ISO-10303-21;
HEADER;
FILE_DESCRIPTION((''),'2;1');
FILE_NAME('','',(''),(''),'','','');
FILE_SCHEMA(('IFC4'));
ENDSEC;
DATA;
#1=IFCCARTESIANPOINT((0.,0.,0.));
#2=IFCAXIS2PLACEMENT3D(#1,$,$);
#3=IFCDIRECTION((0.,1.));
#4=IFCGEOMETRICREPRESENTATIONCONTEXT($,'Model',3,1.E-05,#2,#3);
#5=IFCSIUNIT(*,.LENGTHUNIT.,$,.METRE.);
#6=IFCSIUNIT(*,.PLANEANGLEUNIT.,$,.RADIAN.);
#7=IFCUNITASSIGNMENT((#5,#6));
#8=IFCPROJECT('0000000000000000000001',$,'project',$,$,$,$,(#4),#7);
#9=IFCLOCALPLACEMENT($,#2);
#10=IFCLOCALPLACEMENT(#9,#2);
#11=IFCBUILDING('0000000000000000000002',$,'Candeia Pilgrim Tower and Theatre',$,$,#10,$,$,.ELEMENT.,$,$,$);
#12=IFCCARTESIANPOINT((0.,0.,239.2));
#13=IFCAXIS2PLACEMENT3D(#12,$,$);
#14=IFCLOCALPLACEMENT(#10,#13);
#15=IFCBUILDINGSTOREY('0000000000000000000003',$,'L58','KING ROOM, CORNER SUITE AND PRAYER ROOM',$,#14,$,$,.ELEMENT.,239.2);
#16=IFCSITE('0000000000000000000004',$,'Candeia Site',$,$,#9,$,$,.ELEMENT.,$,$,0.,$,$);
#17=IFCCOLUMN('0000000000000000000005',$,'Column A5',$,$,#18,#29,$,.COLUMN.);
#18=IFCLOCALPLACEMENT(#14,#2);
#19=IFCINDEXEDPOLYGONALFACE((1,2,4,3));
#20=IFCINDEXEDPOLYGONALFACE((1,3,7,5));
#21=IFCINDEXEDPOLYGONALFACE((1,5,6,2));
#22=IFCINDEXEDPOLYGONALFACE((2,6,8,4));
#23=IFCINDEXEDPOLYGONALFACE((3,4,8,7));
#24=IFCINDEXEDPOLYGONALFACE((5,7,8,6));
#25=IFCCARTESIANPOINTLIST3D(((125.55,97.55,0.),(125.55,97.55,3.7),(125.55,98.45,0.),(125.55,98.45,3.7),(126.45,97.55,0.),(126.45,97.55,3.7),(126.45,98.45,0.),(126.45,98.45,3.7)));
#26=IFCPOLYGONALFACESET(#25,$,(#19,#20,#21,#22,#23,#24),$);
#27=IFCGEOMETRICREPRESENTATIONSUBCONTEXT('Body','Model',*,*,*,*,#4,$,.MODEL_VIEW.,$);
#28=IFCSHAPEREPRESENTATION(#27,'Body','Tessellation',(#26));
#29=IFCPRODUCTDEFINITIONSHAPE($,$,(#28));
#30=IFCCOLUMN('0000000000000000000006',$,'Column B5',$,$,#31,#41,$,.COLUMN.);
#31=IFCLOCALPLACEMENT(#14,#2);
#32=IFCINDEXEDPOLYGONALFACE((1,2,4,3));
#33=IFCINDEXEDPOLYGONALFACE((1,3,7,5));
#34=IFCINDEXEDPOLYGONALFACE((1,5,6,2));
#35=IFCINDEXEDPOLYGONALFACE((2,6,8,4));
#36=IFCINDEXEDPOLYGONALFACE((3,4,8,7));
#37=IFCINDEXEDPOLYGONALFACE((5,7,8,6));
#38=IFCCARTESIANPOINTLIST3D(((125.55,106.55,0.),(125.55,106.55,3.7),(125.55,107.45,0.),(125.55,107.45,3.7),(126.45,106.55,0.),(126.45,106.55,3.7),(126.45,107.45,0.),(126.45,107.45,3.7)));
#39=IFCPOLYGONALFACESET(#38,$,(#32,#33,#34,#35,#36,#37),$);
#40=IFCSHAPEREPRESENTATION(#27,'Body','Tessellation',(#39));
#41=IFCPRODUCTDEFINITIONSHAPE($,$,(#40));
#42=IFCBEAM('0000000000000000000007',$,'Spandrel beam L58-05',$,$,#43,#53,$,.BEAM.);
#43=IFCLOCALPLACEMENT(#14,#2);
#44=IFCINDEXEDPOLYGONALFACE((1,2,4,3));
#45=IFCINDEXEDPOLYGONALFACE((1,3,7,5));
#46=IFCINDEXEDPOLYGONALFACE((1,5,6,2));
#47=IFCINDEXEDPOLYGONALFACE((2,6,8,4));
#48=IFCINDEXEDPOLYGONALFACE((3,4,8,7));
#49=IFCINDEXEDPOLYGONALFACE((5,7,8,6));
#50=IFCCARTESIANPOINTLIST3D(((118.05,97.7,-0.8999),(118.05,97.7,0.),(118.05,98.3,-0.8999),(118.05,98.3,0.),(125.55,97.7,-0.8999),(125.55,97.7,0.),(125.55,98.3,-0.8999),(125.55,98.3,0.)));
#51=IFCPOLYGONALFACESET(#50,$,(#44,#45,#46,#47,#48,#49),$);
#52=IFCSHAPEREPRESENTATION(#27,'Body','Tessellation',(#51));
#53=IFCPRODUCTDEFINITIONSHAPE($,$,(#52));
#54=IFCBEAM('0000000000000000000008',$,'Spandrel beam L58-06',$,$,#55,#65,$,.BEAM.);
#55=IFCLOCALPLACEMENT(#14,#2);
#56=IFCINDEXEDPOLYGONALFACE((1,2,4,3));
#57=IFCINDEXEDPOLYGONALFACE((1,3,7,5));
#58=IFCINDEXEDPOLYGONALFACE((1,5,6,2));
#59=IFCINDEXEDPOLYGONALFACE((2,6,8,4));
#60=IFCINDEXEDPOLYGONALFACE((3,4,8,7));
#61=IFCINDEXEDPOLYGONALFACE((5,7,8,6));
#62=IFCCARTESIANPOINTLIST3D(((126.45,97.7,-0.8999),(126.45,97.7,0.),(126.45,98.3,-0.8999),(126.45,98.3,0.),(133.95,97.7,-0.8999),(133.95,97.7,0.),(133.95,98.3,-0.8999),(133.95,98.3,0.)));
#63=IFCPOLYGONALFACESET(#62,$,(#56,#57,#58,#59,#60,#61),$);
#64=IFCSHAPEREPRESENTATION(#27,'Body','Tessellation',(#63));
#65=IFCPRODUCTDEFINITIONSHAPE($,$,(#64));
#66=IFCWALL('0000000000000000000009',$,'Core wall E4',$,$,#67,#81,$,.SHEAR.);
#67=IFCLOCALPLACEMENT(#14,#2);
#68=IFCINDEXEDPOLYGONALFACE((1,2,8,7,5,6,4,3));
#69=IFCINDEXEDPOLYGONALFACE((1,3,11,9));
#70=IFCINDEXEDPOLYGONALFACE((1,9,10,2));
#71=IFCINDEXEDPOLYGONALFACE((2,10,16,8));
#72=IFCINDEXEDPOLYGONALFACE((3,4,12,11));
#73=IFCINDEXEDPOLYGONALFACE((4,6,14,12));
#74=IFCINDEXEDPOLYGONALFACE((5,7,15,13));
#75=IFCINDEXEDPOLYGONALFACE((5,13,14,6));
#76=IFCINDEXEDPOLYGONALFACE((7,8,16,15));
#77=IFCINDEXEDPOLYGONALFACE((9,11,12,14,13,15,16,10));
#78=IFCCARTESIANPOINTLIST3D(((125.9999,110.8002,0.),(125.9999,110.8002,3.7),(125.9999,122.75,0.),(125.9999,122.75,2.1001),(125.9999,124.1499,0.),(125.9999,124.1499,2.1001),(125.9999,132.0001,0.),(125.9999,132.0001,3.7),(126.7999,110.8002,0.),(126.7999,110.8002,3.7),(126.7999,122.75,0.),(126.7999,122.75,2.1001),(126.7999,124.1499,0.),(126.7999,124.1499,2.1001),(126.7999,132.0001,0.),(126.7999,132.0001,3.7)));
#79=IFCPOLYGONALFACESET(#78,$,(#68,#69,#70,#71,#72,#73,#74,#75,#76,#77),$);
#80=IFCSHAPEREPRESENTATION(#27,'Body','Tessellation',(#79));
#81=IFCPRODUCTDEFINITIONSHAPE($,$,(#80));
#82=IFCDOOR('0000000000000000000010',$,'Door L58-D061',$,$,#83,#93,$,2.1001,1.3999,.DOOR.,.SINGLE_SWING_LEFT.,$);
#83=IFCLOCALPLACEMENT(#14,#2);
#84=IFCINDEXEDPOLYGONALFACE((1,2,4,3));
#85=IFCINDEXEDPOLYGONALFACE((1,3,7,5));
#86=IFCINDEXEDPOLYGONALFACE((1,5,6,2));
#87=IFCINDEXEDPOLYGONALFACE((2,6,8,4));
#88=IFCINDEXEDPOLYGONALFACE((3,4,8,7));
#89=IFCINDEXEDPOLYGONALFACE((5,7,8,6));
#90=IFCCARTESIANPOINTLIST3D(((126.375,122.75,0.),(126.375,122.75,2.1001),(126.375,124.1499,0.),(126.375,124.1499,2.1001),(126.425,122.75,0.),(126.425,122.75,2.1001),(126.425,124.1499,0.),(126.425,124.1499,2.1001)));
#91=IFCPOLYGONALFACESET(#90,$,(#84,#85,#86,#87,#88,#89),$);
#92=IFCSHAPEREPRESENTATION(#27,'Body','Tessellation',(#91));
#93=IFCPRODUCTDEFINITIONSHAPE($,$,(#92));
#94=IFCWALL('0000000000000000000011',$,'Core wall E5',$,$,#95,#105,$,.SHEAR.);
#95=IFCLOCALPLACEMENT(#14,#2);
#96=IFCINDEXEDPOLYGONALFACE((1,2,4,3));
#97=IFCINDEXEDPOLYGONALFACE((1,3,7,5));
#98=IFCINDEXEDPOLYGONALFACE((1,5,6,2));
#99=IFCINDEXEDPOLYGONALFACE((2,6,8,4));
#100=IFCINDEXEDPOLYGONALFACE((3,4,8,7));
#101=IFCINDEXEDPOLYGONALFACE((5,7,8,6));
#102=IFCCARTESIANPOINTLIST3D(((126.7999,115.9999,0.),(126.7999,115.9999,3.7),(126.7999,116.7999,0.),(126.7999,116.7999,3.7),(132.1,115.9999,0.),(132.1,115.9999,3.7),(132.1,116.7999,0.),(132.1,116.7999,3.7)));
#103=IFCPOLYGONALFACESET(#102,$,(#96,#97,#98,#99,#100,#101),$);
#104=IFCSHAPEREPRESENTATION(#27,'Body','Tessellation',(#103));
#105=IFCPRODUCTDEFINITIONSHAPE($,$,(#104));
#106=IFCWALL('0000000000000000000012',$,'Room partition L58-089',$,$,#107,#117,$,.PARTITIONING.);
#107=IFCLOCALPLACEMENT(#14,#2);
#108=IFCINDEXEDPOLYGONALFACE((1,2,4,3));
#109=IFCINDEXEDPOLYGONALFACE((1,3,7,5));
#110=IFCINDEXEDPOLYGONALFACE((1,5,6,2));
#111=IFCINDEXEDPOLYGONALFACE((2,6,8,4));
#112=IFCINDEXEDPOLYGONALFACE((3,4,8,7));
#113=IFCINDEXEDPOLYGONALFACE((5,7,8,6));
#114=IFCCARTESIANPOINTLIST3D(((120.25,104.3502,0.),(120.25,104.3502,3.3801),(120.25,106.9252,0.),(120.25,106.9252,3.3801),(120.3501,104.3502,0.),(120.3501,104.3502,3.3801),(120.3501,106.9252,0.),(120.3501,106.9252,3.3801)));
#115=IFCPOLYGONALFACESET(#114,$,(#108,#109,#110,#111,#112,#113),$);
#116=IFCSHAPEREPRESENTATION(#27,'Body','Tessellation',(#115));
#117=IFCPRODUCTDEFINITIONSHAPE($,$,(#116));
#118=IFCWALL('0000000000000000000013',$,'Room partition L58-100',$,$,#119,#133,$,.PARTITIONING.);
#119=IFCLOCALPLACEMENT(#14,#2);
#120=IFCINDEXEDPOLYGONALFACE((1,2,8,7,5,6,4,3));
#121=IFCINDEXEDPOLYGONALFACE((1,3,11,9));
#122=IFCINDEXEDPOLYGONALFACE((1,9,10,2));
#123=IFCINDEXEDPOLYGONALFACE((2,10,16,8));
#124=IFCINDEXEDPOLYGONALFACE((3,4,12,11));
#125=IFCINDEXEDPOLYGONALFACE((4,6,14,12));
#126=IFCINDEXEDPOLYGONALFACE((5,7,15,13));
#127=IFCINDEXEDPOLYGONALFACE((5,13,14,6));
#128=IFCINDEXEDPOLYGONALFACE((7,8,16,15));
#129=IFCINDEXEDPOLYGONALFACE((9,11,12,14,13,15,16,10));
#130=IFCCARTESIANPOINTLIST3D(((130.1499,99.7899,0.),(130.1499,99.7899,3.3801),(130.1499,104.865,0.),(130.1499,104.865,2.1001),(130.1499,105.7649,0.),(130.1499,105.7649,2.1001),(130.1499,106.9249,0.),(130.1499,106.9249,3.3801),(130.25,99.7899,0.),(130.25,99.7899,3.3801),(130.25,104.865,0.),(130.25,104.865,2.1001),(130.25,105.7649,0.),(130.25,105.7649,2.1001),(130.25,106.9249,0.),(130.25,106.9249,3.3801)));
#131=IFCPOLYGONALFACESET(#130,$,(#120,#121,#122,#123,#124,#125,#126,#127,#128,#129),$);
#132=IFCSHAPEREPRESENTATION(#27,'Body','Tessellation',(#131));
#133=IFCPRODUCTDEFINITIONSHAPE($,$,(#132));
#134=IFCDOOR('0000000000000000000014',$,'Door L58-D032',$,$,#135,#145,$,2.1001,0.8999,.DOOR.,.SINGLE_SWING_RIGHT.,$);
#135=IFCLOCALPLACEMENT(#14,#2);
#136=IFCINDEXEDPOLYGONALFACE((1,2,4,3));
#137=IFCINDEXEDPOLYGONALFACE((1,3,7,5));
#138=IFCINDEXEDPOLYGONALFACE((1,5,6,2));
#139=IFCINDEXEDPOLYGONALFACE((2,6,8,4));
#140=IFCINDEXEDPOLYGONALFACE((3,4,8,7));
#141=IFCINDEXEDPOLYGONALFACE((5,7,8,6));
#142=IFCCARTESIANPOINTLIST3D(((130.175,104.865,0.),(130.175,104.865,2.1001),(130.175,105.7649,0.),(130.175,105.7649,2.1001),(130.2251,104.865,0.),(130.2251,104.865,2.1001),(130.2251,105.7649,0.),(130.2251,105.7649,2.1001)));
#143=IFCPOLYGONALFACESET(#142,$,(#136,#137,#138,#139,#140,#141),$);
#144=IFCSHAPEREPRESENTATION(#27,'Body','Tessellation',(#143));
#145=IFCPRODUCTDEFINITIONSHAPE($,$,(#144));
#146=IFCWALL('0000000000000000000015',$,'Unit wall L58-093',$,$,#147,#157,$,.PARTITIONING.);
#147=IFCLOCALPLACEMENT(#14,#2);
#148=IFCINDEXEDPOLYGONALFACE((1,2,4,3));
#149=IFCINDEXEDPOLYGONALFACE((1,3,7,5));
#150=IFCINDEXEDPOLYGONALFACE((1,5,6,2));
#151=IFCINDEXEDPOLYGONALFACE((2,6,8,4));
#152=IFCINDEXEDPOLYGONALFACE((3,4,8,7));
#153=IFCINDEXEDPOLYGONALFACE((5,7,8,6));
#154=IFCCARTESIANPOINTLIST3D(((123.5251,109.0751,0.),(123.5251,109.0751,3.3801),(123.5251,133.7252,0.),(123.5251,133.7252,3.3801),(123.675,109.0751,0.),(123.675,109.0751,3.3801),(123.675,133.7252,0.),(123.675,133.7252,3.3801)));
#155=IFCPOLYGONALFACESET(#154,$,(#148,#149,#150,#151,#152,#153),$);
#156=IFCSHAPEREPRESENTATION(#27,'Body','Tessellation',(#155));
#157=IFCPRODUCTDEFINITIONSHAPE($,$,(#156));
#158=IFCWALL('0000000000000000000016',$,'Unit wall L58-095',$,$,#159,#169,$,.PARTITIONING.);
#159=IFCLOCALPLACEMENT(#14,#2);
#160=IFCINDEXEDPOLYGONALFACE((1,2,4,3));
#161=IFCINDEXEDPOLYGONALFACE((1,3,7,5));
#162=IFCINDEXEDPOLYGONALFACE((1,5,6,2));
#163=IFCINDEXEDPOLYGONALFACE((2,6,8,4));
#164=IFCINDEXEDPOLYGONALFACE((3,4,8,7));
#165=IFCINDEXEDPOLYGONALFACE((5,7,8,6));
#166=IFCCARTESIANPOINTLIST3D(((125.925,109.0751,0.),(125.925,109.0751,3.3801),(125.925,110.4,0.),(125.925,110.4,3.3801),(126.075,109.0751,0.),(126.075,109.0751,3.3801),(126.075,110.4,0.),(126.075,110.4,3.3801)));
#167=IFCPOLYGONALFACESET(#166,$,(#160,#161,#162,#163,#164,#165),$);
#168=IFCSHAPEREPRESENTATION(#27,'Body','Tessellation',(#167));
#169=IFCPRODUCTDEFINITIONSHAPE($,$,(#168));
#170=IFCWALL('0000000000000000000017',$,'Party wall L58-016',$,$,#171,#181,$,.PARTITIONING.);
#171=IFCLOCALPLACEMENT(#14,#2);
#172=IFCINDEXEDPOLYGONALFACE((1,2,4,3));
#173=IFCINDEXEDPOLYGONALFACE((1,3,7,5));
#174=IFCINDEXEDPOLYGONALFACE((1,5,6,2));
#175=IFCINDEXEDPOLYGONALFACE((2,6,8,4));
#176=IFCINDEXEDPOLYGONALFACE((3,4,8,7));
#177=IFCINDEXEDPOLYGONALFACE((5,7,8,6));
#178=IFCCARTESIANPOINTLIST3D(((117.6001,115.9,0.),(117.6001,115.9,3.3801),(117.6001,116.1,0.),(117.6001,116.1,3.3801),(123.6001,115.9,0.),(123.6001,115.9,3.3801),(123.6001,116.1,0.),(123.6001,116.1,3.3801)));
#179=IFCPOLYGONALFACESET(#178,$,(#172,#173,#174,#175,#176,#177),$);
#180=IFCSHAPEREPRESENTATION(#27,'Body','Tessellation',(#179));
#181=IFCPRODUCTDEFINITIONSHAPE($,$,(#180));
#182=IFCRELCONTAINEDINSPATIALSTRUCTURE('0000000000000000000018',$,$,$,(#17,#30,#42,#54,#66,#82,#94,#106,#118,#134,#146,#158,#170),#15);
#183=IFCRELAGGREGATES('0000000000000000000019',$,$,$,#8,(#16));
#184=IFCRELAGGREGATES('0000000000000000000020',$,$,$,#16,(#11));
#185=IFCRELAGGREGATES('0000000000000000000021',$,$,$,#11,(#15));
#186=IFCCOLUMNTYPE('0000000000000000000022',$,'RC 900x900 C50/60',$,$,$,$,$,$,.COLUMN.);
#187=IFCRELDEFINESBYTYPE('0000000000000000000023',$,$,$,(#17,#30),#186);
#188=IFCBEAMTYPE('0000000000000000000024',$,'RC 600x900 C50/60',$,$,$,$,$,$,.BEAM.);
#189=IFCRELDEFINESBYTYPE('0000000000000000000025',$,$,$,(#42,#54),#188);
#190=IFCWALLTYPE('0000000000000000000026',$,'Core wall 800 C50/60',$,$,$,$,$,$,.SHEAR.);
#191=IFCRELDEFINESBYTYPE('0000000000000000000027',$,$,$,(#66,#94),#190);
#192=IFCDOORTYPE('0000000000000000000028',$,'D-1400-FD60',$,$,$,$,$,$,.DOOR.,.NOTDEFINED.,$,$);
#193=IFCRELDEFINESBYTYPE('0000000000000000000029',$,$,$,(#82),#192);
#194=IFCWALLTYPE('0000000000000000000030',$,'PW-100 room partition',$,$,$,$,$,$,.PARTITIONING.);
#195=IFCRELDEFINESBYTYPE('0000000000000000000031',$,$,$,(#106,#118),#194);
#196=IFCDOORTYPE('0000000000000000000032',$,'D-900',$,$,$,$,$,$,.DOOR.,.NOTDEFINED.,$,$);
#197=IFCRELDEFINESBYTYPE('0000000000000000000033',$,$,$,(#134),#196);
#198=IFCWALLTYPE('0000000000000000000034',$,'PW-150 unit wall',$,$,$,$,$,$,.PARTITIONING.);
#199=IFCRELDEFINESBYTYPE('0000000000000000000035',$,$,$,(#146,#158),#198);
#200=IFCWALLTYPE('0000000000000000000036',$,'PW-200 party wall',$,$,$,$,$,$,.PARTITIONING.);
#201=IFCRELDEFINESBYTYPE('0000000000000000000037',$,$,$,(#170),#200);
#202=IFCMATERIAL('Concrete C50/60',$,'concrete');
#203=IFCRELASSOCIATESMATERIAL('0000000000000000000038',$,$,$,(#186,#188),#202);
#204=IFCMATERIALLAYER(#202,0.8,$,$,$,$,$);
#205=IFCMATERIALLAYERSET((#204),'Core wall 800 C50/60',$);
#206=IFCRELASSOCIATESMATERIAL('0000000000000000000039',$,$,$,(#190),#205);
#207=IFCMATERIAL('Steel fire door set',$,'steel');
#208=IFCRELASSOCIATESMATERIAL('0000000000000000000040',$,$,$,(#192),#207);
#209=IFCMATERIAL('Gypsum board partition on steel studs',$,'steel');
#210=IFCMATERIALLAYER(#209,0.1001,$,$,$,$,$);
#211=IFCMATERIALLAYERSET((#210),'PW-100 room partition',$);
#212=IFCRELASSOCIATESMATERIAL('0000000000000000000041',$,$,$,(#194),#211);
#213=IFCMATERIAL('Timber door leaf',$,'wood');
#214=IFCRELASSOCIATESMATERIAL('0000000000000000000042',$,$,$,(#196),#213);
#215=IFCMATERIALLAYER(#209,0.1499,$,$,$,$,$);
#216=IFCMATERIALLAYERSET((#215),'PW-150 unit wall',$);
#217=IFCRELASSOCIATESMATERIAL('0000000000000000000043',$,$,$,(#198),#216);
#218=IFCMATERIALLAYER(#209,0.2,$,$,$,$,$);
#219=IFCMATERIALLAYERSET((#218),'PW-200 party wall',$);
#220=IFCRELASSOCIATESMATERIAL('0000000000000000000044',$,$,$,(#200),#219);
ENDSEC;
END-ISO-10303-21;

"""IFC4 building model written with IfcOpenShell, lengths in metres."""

from ifc_helpers import new_model, si_unit, direction, frame, frame_2d, origin, origin_2d, place, context, subcontext, project, spatial, rectangle, extrude, material, layer, layer_set, material_profile, profile_set, type_object, element, fill, save


model = new_model("IFC4")

# Units and contexts
model_context = context("Model", 3, precision=1e-05, world=origin(), true_north=direction((0.0, 1.0)))
body_context = subcontext(model_context, "Body", "Model", "MODEL_VIEW")
ifc_project = project(units=[si_unit("LENGTHUNIT", "METRE"), si_unit("PLANEANGLEUNIT", "RADIAN")], contexts=[model_context])

# Site, building, storey
site_placement = place(None, origin())
site = spatial("IfcSite", under=ifc_project, at=site_placement, Name="Candeia Site", CompositionType="ELEMENT", RefElevation=0.0)
building_placement = place(site_placement, origin())
building = spatial("IfcBuilding", under=site, at=building_placement, Name="Candeia Pilgrim Tower and Theatre", CompositionType="ELEMENT")
storey_placement = place(building_placement, frame((0.0, 0.0, 239.2)))
storey = spatial("IfcBuildingStorey", under=building, at=storey_placement, Name="L58", Description="KING ROOM, CORNER SUITE AND PRAYER ROOM", CompositionType="ELEMENT", Elevation=239.2)

# Columns
ifc_material_1 = material(Name="Concrete C50/60", Category="concrete")
ifc_material_profile_1 = material_profile(ifc_material_1, rectangle(XDim=0.8999, YDim=0.8999, at=origin_2d()))
ifc_profile_set_1 = profile_set([ifc_material_profile_1], Name="Concrete C50/60")
column_type = type_object("IfcColumnType", Name="RC 900x900 C50/60", PredefinedType="COLUMN", material=ifc_profile_set_1)
for number, where, z_axis, x_axis, name in (
    (1, (126.0, 98.0, 0.0), (0.0, 0.0, 1.0), (1.0, 0.0, 0.0), "Column A5"),
    (2, (126.0, 107.0, 0.0), (0.0, 0.0, 1.0), (1.0, 0.0, 0.0), "Column B5"),
):
    element("IfcColumn", number, at=place(storey_placement, frame(where, z_axis=z_axis, x_axis=x_axis)), inside=storey, type_object=column_type, Name=name, PredefinedType="COLUMN", context=body_context, shape_type="SweptSolid", body=[
        extrude(rectangle(XDim=0.8999, YDim=0.8999, at=origin_2d()), origin(), (0.0, 0.0, 1.0), 3.7),
    ])

# Beams
ifc_material_profile_2 = material_profile(ifc_material_1, rectangle(XDim=0.6001, YDim=0.8999, at=origin_2d()))
ifc_profile_set_2 = profile_set([ifc_material_profile_2], Name="Concrete C50/60")
beam_type = type_object("IfcBeamType", Name="RC 600x900 C50/60", PredefinedType="BEAM", material=ifc_profile_set_2)
for number, where, z_axis, x_axis, name in (
    (3, (118.05, 98.0, -0.45), (1.0, 0.0, 0.0), (0.0, 1.0, 0.0), "Spandrel beam L58-05"),
    (4, (126.45, 98.0, -0.45), (1.0, 0.0, 0.0), (0.0, 1.0, 0.0), "Spandrel beam L58-06"),
):
    element("IfcBeam", number, at=place(storey_placement, frame(where, z_axis=z_axis, x_axis=x_axis)), inside=storey, type_object=beam_type, Name=name, PredefinedType="BEAM", context=body_context, shape_type="SweptSolid", body=[
        extrude(rectangle(XDim=0.6001, YDim=0.8999, at=origin_2d()), origin(), (0.0, 0.0, 1.0), 7.5),
    ])

# Wall, opening, door
ifc_layer_1 = layer(ifc_material_1, 0.8)
ifc_layer_set_1 = layer_set([ifc_layer_1], Name="Core wall 800 C50/60")
wall_type_1 = type_object("IfcWallType", Name="Core wall 800 C50/60", PredefinedType="SHEAR", material=ifc_layer_set_1)
wall_1_placement = place(storey_placement, frame((126.3999, 110.8, 0.0), z_axis=(0.0, 0.0, 1.0), x_axis=(0.0, 1.0, 0.0)))
wall_1 = element("IfcWall", 5, at=wall_1_placement, inside=storey, type_object=wall_type_1, Name="Core wall E4", PredefinedType="SHEAR", context=body_context, shape_type="SweptSolid", body=[
    extrude(rectangle(XDim=21.2, YDim=0.8, at=frame_2d((10.6001, 0.0))), origin(), (0.0, 0.0, 1.0), 3.7),
])
opening_1_placement = place(wall_1_placement, frame((11.95, 0.0, 0.0)))
opening_1 = element("IfcOpeningElement", 6, at=opening_1_placement, cuts=wall_1, PredefinedType="OPENING", context=body_context, shape_type="SweptSolid", body=[
    extrude(rectangle(XDim=1.3999, YDim=2.1001, at=frame_2d((0.7, 1.05))), frame((0.0, 0.4102, 0.0), z_axis=(0.0, -1.0, 0.0), x_axis=(1.0, 0.0, 0.0)), (0.0, 0.0, 1.0), 0.8201),
])
ifc_material_2 = material(Name="Steel fire door set", Category="steel")
door_type_1 = type_object("IfcDoorType", Name="D-1400-FD60", OperationType="NOTDEFINED", PredefinedType="DOOR", material=ifc_material_2)
door_1_placement = place(opening_1_placement, origin())
door_1 = element("IfcDoor", 7, at=door_1_placement, inside=storey, type_object=door_type_1, Name="Door L58-D061", OperationType="SINGLE_SWING_LEFT", OverallHeight=2.1001, OverallWidth=1.3999, PredefinedType="DOOR", context=body_context, shape_type="SweptSolid", body=[
    extrude(rectangle(XDim=1.3999, YDim=2.1001, at=frame_2d((0.7, 1.05))), frame((0.0, 0.0249, 0.0), z_axis=(0.0, -1.0, 0.0), x_axis=(1.0, 0.0, 0.0)), (0.0, 0.0, 1.0), 0.05),
])
fill(opening_1, door_1)

# Walls
wall_2_placement = place(storey_placement, frame((126.8, 116.3999, 0.0), z_axis=(0.0, 0.0, 1.0), x_axis=(1.0, 0.0, 0.0)))
element("IfcWall", 8, at=wall_2_placement, inside=storey, type_object=wall_type_1, Name="Core wall E5", PredefinedType="SHEAR", context=body_context, shape_type="SweptSolid", body=[
    extrude(rectangle(XDim=5.3, YDim=0.8, at=frame_2d((2.6499, 0.0))), origin(), (0.0, 0.0, 1.0), 3.7),
])
ifc_material_3 = material(Name="Gypsum board partition on steel studs", Category="steel")
ifc_layer_2 = layer(ifc_material_3, 0.1001)
ifc_layer_set_2 = layer_set([ifc_layer_2], Name="PW-100 room partition")
wall_type_2 = type_object("IfcWallType", Name="PW-100 room partition", PredefinedType="PARTITIONING", material=ifc_layer_set_2)
wall_3_placement = place(storey_placement, frame((120.3, 104.3501, 0.0), z_axis=(0.0, 0.0, 1.0), x_axis=(0.0, 1.0, 0.0)))
element("IfcWall", 9, at=wall_3_placement, inside=storey, type_object=wall_type_2, Name="Room partition L58-089", PredefinedType="PARTITIONING", context=body_context, shape_type="SweptSolid", body=[
    extrude(rectangle(XDim=2.575, YDim=0.1001, at=frame_2d((1.2876, 0.0))), origin(), (0.0, 0.0, 1.0), 3.3801),
])

# Wall, opening, door
wall_4_placement = place(storey_placement, frame((130.2, 99.79, 0.0), z_axis=(0.0, 0.0, 1.0), x_axis=(0.0, 1.0, 0.0)))
wall_4 = element("IfcWall", 10, at=wall_4_placement, inside=storey, type_object=wall_type_2, Name="Room partition L58-100", PredefinedType="PARTITIONING", context=body_context, shape_type="SweptSolid", body=[
    extrude(rectangle(XDim=7.135, YDim=0.1001, at=frame_2d((3.5674, 0.0))), origin(), (0.0, 0.0, 1.0), 3.3801),
])
opening_2_placement = place(wall_4_placement, frame((5.075, 0.0, 0.0)))
opening_2 = element("IfcOpeningElement", 11, at=opening_2_placement, cuts=wall_4, PredefinedType="OPENING", context=body_context, shape_type="SweptSolid", body=[
    extrude(rectangle(XDim=0.8999, YDim=2.1001, at=frame_2d((0.45, 1.05))), frame((0.0, 0.0601, 0.0), z_axis=(0.0, -1.0, 0.0), x_axis=(1.0, 0.0, 0.0)), (0.0, 0.0, 1.0), 0.1201),
])
ifc_material_4 = material(Name="Timber door leaf", Category="wood")
door_type_2 = type_object("IfcDoorType", Name="D-900", OperationType="NOTDEFINED", PredefinedType="DOOR", material=ifc_material_4)
door_2_placement = place(opening_2_placement, origin())
door_2 = element("IfcDoor", 12, at=door_2_placement, inside=storey, type_object=door_type_2, Name="Door L58-D032", OperationType="SINGLE_SWING_RIGHT", OverallHeight=2.1001, OverallWidth=0.8999, PredefinedType="DOOR", context=body_context, shape_type="SweptSolid", body=[
    extrude(rectangle(XDim=0.8999, YDim=2.1001, at=frame_2d((0.45, 1.05))), frame((0.0, 0.0249, 0.0), z_axis=(0.0, -1.0, 0.0), x_axis=(1.0, 0.0, 0.0)), (0.0, 0.0, 1.0), 0.05),
])
fill(opening_2, door_2)

# Walls
ifc_layer_3 = layer(ifc_material_3, 0.1499)
ifc_layer_set_3 = layer_set([ifc_layer_3], Name="PW-150 unit wall")
wall_type_3 = type_object("IfcWallType", Name="PW-150 unit wall", PredefinedType="PARTITIONING", material=ifc_layer_set_3)
wall_5_placement = place(storey_placement, frame((123.6001, 109.075, 0.0), z_axis=(0.0, 0.0, 1.0), x_axis=(0.0, 1.0, 0.0)))
element("IfcWall", 13, at=wall_5_placement, inside=storey, type_object=wall_type_3, Name="Unit wall L58-093", PredefinedType="PARTITIONING", context=body_context, shape_type="SweptSolid", body=[
    extrude(rectangle(XDim=24.6501, YDim=0.1499, at=frame_2d((12.3252, 0.0))), origin(), (0.0, 0.0, 1.0), 3.3801),
])
wall_6_placement = place(storey_placement, frame((126.0, 109.075, 0.0), z_axis=(0.0, 0.0, 1.0), x_axis=(0.0, 1.0, 0.0)))
element("IfcWall", 14, at=wall_6_placement, inside=storey, type_object=wall_type_3, Name="Unit wall L58-095", PredefinedType="PARTITIONING", context=body_context, shape_type="SweptSolid", body=[
    extrude(rectangle(XDim=1.325, YDim=0.1499, at=frame_2d((0.6626, 0.0))), origin(), (0.0, 0.0, 1.0), 3.3801),
])
ifc_layer_4 = layer(ifc_material_3, 0.2)
ifc_layer_set_4 = layer_set([ifc_layer_4], Name="PW-200 party wall")
wall_type_4 = type_object("IfcWallType", Name="PW-200 party wall", PredefinedType="PARTITIONING", material=ifc_layer_set_4)
wall_7_placement = place(storey_placement, frame((117.6001, 116.0, 0.0), z_axis=(0.0, 0.0, 1.0), x_axis=(1.0, 0.0, 0.0)))
element("IfcWall", 15, at=wall_7_placement, inside=storey, type_object=wall_type_4, Name="Party wall L58-016", PredefinedType="PARTITIONING", context=body_context, shape_type="SweptSolid", body=[
    extrude(rectangle(XDim=6.0, YDim=0.2, at=frame_2d((3.0, 0.0))), origin(), (0.0, 0.0, 1.0), 3.3801),
])

save(model, "model.ifc")
